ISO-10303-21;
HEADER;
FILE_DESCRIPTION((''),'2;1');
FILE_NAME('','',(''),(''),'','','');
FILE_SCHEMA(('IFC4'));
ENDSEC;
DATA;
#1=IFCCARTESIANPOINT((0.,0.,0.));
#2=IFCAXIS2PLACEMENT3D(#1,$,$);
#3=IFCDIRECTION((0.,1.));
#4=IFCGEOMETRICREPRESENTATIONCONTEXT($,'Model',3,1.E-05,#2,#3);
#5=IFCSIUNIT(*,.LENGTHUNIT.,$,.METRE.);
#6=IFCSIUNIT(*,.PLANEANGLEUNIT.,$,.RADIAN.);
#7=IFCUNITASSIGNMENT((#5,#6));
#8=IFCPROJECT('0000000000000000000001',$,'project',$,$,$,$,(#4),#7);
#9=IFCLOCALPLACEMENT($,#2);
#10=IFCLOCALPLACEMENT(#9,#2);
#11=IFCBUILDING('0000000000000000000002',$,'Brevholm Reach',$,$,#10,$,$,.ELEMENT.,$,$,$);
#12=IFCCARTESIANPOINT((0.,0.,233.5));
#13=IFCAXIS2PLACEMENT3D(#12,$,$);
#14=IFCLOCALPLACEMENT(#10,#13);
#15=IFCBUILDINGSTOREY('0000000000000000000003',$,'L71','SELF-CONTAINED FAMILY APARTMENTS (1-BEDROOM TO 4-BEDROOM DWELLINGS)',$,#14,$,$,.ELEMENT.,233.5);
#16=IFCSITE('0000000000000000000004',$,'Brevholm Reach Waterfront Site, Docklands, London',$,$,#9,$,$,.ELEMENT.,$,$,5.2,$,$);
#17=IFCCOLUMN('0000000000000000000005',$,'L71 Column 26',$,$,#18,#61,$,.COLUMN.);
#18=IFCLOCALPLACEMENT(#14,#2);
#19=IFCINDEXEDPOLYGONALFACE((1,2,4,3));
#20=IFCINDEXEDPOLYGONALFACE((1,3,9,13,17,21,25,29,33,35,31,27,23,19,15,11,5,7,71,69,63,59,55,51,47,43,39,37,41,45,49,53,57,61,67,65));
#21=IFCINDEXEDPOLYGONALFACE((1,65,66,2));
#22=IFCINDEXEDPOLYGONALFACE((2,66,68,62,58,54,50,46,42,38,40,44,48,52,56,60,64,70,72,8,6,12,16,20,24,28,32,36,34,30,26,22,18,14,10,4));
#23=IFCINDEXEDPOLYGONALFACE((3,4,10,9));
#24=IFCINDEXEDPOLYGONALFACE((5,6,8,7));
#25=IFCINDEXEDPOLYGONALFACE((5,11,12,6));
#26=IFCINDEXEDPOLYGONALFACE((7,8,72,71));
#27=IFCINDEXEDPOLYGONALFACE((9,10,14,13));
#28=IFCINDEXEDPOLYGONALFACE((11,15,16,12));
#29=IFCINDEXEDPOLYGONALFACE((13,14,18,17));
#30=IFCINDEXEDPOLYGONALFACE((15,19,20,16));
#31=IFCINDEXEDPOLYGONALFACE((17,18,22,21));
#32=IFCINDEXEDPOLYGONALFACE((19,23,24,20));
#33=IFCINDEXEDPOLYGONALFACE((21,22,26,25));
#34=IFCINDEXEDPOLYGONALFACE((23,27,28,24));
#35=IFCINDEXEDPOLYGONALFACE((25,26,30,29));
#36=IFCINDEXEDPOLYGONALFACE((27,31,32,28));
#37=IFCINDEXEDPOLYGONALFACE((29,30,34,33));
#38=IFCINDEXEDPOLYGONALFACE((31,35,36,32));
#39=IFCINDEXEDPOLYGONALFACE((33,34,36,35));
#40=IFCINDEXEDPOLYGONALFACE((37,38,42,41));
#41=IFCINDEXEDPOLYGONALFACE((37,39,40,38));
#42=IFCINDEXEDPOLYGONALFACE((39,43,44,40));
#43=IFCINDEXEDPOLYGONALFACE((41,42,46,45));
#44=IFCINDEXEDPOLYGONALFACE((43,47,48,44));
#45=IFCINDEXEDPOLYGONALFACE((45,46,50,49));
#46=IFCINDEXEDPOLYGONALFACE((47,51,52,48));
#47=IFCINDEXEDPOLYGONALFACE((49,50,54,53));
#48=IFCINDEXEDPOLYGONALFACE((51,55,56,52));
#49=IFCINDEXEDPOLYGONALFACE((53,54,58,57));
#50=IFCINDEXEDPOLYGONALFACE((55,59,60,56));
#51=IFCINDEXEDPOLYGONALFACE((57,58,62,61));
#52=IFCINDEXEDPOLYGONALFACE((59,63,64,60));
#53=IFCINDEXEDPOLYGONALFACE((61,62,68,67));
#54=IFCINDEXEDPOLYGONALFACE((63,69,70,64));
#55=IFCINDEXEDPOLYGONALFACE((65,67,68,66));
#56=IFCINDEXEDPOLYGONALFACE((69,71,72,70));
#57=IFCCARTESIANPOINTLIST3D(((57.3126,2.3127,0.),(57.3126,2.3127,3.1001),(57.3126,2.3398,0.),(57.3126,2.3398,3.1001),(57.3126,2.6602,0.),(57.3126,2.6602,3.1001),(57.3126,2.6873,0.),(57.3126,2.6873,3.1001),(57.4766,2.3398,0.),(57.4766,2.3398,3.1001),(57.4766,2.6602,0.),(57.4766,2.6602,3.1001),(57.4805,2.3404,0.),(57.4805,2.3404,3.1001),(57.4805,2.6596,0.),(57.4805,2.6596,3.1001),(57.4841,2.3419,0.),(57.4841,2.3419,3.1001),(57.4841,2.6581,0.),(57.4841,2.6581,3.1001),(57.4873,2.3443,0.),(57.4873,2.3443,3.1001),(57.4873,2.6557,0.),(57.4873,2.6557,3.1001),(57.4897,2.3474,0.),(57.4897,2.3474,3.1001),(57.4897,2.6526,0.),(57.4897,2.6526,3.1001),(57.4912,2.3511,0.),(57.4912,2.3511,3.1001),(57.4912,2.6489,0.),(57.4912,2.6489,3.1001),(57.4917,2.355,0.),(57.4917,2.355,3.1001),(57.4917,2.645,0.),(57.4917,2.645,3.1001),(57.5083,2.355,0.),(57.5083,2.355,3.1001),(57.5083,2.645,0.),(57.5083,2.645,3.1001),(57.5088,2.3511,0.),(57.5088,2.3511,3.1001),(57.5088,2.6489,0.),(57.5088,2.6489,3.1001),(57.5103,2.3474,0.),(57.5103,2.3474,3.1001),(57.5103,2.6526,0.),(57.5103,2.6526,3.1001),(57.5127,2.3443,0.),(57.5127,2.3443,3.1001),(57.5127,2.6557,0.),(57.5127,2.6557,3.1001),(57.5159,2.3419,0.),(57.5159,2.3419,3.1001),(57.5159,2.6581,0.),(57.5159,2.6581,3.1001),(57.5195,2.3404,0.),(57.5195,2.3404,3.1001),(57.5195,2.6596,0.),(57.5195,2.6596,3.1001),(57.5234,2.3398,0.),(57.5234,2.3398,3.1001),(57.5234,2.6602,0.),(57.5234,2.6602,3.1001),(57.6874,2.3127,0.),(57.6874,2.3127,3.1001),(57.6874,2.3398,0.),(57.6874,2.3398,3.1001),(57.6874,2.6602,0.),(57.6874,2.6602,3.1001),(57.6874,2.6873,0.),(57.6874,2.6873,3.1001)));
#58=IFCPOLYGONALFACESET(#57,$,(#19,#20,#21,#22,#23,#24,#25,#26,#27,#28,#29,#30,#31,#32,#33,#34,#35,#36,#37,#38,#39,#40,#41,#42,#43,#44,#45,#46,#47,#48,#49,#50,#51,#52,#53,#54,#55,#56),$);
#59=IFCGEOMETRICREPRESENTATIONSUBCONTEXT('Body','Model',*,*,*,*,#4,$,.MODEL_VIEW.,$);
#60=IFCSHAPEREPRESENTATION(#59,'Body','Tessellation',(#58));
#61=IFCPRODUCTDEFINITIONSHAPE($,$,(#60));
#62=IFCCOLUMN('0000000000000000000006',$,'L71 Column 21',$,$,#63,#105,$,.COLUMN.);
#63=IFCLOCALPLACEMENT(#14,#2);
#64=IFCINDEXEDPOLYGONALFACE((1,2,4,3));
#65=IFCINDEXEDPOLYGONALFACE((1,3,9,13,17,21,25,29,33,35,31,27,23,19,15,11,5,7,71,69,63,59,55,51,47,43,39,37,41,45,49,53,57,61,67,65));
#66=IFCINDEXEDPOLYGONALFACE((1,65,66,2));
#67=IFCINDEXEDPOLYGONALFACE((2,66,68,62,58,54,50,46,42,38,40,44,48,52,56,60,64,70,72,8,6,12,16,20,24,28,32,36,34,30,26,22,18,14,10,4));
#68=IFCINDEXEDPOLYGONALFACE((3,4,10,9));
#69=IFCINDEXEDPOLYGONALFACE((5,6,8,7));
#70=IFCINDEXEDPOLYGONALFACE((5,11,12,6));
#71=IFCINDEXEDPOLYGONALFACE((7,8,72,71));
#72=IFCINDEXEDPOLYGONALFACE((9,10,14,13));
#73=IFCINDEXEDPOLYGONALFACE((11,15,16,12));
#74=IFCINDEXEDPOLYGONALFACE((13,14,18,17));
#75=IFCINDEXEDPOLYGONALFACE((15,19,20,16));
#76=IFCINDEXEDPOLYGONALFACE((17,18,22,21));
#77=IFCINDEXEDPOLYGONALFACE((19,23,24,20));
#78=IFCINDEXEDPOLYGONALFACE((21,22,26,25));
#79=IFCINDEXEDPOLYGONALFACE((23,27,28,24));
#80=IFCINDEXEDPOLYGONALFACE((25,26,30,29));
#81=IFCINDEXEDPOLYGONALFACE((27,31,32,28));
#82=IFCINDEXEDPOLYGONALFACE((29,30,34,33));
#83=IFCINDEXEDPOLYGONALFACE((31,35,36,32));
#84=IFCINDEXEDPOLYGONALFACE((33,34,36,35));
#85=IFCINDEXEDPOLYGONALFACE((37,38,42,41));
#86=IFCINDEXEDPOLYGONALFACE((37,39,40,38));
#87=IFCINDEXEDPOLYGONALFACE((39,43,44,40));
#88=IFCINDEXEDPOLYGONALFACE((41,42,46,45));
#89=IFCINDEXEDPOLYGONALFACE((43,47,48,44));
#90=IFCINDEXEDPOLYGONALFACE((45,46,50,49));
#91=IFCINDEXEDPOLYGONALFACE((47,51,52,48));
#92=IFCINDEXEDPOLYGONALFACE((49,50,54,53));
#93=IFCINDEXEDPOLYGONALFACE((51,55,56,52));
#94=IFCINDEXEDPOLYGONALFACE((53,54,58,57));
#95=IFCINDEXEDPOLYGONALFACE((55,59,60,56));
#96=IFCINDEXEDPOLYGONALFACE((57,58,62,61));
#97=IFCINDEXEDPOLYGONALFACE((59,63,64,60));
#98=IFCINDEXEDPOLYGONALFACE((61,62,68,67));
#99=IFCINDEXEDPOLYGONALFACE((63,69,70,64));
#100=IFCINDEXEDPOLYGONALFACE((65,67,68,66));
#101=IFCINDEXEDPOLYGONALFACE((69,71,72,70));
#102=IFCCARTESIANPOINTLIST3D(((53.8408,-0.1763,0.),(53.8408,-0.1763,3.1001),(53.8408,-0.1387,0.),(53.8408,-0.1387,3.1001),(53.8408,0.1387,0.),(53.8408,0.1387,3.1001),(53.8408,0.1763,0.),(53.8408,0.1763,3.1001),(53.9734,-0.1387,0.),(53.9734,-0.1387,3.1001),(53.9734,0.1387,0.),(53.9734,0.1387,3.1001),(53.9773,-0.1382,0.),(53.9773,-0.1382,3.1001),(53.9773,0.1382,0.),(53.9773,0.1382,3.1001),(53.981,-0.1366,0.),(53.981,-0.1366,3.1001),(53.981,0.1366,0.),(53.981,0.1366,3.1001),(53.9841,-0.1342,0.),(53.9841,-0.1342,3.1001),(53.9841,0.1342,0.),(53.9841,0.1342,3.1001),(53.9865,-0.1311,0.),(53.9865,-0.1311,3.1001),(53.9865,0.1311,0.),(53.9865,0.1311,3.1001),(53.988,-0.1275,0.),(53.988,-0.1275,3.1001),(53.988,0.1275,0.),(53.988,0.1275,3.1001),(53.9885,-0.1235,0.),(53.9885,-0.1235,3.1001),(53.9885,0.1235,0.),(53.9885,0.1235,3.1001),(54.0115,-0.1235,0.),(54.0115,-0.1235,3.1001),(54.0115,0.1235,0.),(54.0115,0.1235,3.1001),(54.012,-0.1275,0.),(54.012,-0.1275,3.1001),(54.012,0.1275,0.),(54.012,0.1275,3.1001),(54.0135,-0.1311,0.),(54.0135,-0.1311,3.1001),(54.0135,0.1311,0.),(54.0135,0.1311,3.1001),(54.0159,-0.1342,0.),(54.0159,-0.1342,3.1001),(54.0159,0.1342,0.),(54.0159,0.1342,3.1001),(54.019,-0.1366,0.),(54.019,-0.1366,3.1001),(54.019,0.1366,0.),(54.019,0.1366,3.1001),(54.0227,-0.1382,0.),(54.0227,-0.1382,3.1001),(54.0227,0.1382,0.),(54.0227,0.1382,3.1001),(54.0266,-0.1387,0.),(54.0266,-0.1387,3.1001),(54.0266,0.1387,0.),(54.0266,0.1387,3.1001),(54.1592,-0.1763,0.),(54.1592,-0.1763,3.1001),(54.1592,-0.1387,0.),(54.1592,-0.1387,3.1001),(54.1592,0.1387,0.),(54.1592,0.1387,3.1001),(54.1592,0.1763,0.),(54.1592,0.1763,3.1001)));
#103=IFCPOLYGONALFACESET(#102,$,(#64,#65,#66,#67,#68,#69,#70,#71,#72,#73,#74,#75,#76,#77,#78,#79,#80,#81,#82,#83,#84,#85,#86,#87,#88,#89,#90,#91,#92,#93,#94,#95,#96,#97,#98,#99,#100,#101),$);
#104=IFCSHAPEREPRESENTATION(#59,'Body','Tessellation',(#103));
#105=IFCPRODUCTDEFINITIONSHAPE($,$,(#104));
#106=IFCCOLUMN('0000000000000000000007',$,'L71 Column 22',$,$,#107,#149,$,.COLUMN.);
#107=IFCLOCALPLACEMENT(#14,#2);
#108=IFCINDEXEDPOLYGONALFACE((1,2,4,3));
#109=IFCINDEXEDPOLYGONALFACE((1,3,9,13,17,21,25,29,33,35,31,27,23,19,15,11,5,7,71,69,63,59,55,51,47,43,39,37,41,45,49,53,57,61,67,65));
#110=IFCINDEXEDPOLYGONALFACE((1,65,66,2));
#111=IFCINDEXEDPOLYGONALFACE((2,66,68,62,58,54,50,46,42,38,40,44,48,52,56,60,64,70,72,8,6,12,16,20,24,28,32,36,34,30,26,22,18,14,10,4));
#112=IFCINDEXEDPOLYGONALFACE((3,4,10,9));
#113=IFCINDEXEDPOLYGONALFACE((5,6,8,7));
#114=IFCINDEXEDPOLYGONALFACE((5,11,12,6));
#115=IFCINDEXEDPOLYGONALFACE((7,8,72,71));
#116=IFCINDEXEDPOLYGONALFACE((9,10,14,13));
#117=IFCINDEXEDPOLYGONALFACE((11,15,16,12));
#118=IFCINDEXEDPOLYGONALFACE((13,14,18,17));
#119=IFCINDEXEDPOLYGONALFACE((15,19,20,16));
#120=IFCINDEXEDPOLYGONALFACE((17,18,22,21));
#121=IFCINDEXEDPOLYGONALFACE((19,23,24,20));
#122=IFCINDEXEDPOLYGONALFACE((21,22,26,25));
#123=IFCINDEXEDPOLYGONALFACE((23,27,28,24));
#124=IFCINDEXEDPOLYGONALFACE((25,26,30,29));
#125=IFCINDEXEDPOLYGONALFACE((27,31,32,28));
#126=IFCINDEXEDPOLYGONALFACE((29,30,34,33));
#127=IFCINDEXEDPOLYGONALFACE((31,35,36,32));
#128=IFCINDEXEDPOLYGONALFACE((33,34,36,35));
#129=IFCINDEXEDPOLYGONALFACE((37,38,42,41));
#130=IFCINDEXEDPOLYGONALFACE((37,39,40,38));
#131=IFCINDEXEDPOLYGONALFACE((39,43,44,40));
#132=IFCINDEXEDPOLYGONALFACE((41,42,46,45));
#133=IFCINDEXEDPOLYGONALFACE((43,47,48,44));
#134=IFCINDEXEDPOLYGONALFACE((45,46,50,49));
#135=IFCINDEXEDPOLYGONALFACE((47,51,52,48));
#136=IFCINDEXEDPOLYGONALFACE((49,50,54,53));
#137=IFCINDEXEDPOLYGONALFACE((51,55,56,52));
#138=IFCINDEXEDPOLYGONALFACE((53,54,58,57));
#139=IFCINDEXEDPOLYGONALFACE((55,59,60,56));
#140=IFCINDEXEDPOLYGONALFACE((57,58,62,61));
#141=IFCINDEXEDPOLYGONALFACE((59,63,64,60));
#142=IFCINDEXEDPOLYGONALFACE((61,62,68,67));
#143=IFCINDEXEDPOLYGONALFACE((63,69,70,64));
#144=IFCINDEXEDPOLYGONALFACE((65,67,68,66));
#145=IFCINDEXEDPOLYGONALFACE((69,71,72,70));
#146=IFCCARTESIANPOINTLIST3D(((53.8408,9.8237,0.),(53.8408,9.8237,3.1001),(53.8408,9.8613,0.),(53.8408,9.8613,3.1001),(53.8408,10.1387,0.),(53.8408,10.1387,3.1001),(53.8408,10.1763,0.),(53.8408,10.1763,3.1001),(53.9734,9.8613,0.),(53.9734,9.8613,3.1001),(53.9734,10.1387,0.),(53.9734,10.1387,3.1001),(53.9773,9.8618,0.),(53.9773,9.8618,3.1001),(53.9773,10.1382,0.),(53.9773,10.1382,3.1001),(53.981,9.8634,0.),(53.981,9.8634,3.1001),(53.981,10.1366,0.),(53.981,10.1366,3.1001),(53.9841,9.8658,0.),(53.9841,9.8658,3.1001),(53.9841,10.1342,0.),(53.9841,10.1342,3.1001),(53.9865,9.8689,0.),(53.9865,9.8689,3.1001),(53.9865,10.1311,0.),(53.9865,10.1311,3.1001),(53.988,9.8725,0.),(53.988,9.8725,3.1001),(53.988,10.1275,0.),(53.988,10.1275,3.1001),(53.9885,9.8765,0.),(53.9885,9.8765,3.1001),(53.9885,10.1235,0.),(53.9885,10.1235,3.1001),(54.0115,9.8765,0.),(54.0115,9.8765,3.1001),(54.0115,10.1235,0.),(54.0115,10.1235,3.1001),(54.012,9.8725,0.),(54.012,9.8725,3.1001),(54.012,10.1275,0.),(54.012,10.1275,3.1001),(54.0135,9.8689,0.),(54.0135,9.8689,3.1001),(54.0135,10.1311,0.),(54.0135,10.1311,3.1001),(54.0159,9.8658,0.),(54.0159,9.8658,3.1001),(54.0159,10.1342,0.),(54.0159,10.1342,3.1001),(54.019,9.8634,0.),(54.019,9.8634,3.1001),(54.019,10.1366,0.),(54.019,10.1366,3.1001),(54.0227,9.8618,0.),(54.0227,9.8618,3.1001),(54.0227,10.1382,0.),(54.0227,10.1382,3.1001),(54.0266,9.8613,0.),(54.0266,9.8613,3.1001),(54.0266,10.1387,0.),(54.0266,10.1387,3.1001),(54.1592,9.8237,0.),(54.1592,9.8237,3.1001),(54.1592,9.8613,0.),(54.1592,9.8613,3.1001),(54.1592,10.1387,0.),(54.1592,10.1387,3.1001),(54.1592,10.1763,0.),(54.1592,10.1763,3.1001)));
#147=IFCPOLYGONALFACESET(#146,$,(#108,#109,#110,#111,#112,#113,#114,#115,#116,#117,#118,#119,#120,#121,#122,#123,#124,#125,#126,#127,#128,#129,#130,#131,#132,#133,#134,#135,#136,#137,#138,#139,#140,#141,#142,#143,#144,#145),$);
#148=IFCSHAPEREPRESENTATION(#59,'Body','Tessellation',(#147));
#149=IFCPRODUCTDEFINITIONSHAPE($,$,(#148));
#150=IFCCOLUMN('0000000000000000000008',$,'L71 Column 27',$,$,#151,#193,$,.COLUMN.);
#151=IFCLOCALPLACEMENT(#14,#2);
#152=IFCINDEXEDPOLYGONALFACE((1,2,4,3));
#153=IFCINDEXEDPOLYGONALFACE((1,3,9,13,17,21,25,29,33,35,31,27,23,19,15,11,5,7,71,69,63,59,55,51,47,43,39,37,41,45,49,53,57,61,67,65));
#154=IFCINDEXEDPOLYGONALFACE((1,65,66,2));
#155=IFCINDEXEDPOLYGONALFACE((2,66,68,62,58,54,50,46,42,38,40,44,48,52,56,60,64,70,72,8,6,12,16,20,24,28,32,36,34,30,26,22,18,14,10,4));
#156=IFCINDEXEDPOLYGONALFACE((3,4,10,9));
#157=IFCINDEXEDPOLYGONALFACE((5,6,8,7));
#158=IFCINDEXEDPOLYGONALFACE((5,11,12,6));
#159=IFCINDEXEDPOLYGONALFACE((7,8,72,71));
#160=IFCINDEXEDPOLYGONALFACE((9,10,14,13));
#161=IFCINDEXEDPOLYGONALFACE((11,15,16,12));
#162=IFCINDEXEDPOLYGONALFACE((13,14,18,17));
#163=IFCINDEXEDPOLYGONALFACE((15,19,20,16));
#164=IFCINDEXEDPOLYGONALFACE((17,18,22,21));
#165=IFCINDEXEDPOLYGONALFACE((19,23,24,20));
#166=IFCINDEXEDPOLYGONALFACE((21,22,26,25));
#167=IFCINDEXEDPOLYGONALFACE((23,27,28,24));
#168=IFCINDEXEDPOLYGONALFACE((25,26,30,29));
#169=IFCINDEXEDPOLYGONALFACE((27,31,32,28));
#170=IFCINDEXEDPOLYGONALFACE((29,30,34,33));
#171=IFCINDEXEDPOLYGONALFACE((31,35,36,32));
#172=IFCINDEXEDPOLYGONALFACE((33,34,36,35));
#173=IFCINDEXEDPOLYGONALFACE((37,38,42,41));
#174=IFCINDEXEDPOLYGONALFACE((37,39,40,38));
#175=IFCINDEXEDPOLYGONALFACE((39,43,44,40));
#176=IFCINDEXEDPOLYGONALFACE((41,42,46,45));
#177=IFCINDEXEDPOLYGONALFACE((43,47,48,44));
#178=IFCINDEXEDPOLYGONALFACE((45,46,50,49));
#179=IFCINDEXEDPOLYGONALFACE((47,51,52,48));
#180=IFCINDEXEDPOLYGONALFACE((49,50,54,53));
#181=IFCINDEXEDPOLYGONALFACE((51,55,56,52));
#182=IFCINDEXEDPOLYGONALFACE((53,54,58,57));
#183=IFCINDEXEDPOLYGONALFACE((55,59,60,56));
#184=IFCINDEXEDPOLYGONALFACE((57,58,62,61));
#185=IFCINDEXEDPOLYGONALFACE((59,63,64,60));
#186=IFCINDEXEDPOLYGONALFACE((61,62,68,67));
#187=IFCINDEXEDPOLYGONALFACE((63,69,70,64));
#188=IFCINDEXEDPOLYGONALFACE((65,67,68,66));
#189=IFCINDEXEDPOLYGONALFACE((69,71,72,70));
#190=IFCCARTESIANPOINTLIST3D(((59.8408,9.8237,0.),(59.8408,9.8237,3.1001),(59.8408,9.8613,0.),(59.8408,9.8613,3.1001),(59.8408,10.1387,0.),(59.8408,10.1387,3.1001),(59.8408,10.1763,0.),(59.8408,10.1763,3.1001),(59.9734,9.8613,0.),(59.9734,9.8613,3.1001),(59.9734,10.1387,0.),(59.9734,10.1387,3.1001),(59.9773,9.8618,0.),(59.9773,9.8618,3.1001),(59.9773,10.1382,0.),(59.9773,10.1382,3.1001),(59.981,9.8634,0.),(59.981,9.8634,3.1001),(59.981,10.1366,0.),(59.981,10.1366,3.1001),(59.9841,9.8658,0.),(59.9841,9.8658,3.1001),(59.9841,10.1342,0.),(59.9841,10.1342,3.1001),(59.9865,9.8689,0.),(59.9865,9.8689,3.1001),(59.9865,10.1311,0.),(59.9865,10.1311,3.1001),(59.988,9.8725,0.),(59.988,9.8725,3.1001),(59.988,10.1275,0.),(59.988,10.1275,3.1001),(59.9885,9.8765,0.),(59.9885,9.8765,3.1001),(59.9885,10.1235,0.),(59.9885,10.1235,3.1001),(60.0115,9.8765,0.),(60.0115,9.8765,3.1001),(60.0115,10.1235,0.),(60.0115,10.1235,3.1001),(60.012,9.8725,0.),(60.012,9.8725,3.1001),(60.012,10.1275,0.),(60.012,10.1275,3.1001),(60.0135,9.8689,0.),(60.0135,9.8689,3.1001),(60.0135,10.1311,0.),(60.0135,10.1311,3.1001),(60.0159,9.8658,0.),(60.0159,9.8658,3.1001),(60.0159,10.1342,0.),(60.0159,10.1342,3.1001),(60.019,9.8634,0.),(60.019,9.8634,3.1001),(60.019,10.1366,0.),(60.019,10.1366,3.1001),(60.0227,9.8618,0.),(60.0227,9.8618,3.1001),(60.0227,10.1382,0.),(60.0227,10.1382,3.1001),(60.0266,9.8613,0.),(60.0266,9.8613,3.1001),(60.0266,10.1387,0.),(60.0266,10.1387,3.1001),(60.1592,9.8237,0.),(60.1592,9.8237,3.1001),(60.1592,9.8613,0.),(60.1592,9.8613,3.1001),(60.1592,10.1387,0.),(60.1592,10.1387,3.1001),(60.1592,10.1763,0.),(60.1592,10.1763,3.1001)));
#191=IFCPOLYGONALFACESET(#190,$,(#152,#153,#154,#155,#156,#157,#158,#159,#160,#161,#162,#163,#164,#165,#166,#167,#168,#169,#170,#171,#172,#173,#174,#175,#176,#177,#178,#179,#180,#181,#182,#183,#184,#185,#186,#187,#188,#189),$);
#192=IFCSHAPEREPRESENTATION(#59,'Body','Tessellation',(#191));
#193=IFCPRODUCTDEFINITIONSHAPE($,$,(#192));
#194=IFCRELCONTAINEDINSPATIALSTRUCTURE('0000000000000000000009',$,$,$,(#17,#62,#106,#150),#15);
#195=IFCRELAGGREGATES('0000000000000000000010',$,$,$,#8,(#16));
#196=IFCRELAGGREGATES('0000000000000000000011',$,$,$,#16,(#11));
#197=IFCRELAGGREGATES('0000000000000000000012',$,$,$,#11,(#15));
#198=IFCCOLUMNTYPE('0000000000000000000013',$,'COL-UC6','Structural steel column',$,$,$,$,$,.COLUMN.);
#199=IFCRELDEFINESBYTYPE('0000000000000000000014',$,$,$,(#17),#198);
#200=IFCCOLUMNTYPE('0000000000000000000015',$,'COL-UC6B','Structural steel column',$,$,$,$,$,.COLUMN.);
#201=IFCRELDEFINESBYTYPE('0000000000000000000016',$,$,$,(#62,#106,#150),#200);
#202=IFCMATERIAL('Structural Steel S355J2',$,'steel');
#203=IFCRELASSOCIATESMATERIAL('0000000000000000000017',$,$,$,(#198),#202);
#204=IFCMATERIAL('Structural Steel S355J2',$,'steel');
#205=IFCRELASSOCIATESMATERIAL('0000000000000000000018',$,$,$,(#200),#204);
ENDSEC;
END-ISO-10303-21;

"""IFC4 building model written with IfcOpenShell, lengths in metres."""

from ifc_helpers import new_model, si_unit, direction, frame, origin, origin_2d, place, context, subcontext, project, spatial, i_section, extrude, material, material_profile, profile_set, type_object, element, save


model = new_model("IFC4")

# Units and contexts
model_context = context("Model", 3, precision=1e-05, world=origin(), true_north=direction((0.0, 1.0)))
body_context = subcontext(model_context, "Body", "Model", "MODEL_VIEW")
ifc_project = project(units=[si_unit("LENGTHUNIT", "METRE"), si_unit("PLANEANGLEUNIT", "RADIAN")], contexts=[model_context])

# Site, building, storey
site_placement = place(None, origin())
site = spatial("IfcSite", under=ifc_project, at=site_placement, Name="Brevholm Reach Waterfront Site, Docklands, London", CompositionType="ELEMENT", RefElevation=5.2)
building_placement = place(site_placement, origin())
building = spatial("IfcBuilding", under=site, at=building_placement, Name="Brevholm Reach", CompositionType="ELEMENT")
storey_placement = place(building_placement, frame((0.0, 0.0, 233.5)))
storey = spatial("IfcBuildingStorey", under=building, at=storey_placement, Name="L71", Description="SELF-CONTAINED FAMILY APARTMENTS (1-BEDROOM TO 4-BEDROOM DWELLINGS)", CompositionType="ELEMENT", Elevation=233.5)

# Columns
ifc_material_1 = material(Name="Structural Steel S355J2", Category="steel")
ifc_material_profile_1 = material_profile(ifc_material_1, i_section(OverallWidth=0.3748, OverallDepth=0.3745, WebThickness=0.0166, FlangeThickness=0.0271, FilletRadius=0.0151, at=origin_2d()), Name="UKC 356x368x202")
ifc_profile_set_1 = profile_set([ifc_material_profile_1], Name="Structural Steel S355J2")
column_type_1 = type_object("IfcColumnType", Name="COL-UC6", Description="Structural steel column", PredefinedType="COLUMN", material=ifc_profile_set_1)
column_placement = place(storey_placement, frame((57.5, 2.5, 0.0), z_axis=(0.0, 0.0, 1.0), x_axis=(1.0, 0.0, 0.0)))
element("IfcColumn", 1, at=column_placement, inside=storey, type_object=column_type_1, Name="L71 Column 26", PredefinedType="COLUMN", context=body_context, shape_type="SweptSolid", body=[
    extrude(i_section(OverallWidth=0.3748, OverallDepth=0.3745, WebThickness=0.0166, FlangeThickness=0.0271, FilletRadius=0.0151, at=origin_2d()), origin(), (0.0, 0.0, 1.0), 3.1001),
])
ifc_material_2 = material(Name="Structural Steel S355J2", Category="steel")
ifc_material_profile_2 = material_profile(ifc_material_2, i_section(OverallWidth=0.3184, OverallDepth=0.3525, WebThickness=0.0229, FlangeThickness=0.0376, FilletRadius=0.0151, at=origin_2d()), Name="UKC 305x305x240")
ifc_profile_set_2 = profile_set([ifc_material_profile_2], Name="Structural Steel S355J2")
column_type_2 = type_object("IfcColumnType", Name="COL-UC6B", Description="Structural steel column", PredefinedType="COLUMN", material=ifc_profile_set_2)
for number, where, z_axis, x_axis, name in (
    (2, (54.0, 0.0, 0.0), (0.0, 0.0, 1.0), (1.0, 0.0, 0.0), "L71 Column 21"),
    (3, (54.0, 10.0, 0.0), (0.0, 0.0, 1.0), (1.0, 0.0, 0.0), "L71 Column 22"),
    (4, (60.0, 10.0, 0.0), (0.0, 0.0, 1.0), (1.0, 0.0, 0.0), "L71 Column 27"),
):
    element("IfcColumn", number, at=place(storey_placement, frame(where, z_axis=z_axis, x_axis=x_axis)), inside=storey, type_object=column_type_2, Name=name, PredefinedType="COLUMN", context=body_context, shape_type="SweptSolid", body=[
        extrude(i_section(OverallWidth=0.3184, OverallDepth=0.3525, WebThickness=0.0229, FlangeThickness=0.0376, FilletRadius=0.0151, at=origin_2d()), origin(), (0.0, 0.0, 1.0), 3.1001),
    ])

save(model, "model.ifc")
